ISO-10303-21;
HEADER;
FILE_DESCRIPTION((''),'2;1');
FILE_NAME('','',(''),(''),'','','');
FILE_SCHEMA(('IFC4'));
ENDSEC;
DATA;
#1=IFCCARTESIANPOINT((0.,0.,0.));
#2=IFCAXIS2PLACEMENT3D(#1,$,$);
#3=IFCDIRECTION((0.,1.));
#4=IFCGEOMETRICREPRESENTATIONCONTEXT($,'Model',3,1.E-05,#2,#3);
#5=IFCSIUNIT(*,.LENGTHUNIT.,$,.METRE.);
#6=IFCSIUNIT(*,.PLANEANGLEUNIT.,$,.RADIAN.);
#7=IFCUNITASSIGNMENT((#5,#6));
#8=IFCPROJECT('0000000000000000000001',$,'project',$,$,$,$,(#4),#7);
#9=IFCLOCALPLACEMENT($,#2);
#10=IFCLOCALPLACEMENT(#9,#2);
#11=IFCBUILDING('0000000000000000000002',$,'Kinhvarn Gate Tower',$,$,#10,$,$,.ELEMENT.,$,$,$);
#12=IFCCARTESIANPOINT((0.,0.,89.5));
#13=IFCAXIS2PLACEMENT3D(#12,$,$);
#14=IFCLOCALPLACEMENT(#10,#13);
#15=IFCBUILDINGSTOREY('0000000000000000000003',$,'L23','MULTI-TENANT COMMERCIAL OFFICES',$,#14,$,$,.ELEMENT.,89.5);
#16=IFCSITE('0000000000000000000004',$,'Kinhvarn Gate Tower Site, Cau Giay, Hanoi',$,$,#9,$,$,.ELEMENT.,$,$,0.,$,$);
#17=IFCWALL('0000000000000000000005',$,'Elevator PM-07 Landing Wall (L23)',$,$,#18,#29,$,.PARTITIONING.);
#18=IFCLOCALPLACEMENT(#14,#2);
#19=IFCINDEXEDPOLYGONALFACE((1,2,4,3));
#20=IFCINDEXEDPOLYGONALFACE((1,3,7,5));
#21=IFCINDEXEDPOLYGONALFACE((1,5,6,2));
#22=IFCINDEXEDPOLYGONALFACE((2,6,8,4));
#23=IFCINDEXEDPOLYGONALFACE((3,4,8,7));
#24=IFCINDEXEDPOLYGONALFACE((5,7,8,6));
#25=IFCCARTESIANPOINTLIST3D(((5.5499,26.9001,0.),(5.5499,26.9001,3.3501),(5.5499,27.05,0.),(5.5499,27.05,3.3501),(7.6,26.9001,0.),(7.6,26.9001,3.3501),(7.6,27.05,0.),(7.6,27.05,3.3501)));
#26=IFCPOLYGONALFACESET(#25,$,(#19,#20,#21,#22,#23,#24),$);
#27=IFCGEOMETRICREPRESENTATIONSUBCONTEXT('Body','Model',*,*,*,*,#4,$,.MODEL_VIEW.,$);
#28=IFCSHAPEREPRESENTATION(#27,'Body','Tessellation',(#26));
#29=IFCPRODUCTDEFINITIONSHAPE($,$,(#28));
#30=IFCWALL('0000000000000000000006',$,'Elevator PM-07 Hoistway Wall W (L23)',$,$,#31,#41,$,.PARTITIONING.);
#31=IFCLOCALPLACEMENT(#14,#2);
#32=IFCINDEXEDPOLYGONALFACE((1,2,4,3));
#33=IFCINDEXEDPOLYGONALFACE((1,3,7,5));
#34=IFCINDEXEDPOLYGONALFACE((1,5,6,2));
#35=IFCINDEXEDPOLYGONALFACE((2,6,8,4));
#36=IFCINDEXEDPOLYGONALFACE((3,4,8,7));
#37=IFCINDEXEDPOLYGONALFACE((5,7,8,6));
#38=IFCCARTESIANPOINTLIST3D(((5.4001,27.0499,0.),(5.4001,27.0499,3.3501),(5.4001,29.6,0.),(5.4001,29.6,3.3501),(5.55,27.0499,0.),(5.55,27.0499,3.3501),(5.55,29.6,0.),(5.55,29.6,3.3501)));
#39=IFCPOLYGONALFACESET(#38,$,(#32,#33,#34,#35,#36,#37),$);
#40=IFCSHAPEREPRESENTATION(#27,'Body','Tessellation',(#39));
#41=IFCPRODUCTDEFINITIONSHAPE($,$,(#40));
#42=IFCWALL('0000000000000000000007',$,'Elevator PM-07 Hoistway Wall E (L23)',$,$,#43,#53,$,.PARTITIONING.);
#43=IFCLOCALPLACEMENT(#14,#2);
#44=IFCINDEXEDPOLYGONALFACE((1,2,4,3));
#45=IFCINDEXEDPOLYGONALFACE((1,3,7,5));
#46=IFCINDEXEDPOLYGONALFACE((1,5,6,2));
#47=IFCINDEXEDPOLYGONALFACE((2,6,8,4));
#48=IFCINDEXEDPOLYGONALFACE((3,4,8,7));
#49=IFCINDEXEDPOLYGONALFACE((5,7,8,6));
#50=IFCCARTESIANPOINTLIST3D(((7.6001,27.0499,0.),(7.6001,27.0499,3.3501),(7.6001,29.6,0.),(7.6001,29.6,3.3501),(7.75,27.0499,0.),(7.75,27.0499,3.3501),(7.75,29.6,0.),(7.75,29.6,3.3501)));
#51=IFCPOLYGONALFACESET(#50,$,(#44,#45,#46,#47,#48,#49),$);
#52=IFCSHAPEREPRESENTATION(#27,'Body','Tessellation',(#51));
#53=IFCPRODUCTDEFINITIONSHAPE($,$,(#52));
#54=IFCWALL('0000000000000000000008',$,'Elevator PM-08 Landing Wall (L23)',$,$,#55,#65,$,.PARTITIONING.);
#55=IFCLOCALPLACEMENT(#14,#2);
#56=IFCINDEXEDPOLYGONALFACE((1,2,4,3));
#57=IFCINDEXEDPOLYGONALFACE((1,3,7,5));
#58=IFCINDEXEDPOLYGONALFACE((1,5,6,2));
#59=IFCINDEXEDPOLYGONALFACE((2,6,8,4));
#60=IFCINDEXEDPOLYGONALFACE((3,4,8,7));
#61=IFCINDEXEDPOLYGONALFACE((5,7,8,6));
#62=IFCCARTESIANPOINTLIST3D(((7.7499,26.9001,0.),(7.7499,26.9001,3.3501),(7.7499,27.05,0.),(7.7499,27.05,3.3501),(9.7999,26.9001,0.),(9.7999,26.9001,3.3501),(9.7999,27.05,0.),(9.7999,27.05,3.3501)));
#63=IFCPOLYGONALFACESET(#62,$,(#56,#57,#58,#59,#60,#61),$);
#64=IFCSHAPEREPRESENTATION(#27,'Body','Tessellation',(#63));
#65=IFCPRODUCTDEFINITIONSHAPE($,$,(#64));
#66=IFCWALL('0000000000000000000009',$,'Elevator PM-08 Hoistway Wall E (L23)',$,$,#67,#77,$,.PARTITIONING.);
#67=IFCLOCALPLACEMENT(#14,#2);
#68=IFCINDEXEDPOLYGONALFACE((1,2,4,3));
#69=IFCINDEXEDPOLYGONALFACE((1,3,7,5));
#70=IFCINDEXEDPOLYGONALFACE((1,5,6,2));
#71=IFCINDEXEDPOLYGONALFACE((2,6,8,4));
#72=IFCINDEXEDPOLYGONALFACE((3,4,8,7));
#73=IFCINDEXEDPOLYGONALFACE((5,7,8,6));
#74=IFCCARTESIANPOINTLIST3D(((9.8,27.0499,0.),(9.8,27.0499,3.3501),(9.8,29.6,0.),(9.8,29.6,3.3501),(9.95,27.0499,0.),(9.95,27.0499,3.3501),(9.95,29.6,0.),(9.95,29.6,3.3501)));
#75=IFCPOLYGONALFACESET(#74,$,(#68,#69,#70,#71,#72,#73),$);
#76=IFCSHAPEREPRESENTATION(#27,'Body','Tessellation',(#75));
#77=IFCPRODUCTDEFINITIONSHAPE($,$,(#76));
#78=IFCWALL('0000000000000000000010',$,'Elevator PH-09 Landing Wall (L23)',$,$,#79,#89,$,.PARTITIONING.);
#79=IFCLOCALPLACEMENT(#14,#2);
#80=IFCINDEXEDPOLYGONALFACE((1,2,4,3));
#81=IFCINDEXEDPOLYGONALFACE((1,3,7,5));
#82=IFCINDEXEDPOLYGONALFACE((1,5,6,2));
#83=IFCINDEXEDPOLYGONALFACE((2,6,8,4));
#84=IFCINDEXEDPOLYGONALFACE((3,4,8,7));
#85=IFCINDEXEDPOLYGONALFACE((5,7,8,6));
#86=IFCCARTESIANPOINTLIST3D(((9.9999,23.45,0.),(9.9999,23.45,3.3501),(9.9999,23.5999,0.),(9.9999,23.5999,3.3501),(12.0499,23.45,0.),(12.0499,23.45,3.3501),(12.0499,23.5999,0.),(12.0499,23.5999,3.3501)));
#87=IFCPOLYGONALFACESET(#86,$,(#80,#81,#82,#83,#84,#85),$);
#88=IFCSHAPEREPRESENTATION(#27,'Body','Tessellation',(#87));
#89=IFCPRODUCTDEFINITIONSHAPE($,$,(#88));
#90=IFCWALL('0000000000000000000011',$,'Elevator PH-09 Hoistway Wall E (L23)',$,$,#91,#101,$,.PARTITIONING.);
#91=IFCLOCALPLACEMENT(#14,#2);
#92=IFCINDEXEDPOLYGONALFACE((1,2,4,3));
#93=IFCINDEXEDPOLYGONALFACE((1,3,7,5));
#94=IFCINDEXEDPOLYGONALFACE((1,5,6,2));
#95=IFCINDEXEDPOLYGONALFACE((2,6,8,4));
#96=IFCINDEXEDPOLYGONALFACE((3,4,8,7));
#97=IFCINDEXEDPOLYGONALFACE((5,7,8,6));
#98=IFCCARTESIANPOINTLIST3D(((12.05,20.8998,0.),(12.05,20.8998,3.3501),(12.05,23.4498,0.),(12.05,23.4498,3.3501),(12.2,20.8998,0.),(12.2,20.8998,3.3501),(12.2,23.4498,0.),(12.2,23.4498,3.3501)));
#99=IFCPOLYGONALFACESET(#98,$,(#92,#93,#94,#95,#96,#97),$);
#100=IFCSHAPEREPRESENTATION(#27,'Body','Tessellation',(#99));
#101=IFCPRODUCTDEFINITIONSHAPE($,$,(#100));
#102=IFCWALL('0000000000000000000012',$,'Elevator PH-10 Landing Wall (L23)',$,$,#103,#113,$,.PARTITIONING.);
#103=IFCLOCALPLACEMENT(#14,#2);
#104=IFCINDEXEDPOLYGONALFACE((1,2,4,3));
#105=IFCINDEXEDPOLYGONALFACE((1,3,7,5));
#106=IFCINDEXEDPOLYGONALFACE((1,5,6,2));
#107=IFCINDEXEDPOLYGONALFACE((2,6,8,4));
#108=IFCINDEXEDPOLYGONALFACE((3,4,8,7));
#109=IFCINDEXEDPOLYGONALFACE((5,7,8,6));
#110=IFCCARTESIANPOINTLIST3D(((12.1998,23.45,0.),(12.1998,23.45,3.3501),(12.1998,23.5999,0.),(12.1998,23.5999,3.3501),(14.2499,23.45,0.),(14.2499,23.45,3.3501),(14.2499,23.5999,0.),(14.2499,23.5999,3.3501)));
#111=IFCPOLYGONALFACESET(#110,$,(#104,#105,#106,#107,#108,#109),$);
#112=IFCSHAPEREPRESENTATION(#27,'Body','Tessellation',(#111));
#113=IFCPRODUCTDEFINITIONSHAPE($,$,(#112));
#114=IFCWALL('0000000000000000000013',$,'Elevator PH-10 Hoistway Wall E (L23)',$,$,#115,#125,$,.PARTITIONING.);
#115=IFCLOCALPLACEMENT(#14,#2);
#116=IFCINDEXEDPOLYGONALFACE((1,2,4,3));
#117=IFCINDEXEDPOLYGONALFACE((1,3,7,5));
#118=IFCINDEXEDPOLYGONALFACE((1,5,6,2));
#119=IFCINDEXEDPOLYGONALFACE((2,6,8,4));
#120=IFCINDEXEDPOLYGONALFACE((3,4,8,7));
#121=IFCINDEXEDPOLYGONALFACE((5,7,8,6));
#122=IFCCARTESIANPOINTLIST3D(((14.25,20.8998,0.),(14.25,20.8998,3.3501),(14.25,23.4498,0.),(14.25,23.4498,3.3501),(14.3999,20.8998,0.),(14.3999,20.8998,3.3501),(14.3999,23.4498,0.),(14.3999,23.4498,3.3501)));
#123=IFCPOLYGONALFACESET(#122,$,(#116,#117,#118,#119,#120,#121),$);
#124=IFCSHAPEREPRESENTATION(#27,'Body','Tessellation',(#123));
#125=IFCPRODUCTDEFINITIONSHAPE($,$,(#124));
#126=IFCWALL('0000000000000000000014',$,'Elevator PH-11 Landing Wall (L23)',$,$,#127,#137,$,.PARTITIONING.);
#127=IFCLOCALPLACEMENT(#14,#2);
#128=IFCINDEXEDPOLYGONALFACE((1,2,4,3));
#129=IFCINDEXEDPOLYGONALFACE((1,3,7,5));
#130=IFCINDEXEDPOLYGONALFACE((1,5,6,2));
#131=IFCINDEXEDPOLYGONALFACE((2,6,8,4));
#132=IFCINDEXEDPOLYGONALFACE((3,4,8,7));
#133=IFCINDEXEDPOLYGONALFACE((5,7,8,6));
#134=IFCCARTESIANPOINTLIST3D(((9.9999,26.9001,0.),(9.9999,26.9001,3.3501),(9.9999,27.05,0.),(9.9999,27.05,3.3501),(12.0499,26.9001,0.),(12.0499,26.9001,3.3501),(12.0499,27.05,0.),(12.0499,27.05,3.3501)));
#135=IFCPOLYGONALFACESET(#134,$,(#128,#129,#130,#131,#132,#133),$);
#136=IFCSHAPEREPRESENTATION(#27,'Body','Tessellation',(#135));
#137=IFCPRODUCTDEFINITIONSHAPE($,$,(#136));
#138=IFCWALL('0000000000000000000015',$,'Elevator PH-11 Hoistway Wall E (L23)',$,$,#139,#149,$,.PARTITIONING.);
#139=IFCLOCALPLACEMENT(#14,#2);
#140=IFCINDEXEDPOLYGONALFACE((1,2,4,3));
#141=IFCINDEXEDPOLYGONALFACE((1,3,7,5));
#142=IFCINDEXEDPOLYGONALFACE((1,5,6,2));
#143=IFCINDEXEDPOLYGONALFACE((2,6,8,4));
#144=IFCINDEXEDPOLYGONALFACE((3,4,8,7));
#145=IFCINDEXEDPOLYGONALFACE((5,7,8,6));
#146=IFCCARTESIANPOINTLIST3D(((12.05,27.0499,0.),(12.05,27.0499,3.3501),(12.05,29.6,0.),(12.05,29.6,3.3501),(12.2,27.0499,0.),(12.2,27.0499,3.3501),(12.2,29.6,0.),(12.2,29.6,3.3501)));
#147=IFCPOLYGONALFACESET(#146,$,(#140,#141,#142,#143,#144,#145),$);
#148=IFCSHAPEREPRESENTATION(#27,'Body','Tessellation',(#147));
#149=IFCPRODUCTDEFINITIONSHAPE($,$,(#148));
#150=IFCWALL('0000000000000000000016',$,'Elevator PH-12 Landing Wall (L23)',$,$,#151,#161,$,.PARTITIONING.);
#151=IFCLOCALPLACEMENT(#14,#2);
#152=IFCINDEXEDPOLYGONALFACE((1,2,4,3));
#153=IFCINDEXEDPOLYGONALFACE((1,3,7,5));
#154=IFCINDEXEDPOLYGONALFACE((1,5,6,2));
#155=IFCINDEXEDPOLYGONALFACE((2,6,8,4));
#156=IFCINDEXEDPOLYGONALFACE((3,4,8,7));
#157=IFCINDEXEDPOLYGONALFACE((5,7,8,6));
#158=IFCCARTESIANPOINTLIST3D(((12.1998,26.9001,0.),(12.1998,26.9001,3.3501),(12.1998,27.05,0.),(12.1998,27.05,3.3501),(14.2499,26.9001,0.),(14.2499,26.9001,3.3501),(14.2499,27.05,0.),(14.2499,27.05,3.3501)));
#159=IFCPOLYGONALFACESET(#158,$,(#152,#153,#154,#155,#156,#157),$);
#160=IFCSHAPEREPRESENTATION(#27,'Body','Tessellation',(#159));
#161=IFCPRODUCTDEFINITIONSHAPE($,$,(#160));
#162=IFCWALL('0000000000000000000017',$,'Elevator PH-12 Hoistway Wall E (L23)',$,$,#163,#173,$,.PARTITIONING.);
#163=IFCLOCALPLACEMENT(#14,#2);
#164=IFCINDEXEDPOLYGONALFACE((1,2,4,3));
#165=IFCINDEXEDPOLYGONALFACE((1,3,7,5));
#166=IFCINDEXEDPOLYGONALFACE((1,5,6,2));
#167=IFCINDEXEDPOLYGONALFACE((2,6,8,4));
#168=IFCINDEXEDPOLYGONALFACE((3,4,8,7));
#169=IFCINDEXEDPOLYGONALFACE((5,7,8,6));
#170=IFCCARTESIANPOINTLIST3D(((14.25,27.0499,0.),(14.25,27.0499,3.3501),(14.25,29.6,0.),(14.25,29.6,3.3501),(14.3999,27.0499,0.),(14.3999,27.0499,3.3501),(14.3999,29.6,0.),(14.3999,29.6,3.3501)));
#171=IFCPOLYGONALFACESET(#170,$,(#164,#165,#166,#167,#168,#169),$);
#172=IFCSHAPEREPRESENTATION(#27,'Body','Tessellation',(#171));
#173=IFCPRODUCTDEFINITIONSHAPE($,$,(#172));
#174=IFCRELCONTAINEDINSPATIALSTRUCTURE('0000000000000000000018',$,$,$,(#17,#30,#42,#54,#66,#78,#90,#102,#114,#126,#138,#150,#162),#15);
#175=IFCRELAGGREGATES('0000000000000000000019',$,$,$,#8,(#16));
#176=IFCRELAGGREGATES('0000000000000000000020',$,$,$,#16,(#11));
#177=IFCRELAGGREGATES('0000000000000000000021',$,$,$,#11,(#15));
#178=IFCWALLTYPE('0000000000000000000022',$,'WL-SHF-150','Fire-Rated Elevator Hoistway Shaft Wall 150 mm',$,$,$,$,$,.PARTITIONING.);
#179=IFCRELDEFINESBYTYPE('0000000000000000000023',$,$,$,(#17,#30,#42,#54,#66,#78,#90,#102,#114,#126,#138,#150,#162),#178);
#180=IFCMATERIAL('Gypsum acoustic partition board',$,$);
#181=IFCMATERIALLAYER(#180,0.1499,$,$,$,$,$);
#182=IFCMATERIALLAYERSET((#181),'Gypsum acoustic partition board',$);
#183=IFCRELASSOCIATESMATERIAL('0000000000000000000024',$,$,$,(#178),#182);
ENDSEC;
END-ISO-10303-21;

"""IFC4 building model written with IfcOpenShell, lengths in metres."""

from ifc_helpers import new_model, si_unit, direction, frame, frame_2d, origin, place, context, subcontext, project, spatial, rectangle, extrude, material, layer, layer_set, type_object, element, save


model = new_model("IFC4")

# Units and contexts
model_context = context("Model", 3, precision=1e-05, world=origin(), true_north=direction((0.0, 1.0)))
body_context = subcontext(model_context, "Body", "Model", "MODEL_VIEW")
ifc_project = project(units=[si_unit("LENGTHUNIT", "METRE"), si_unit("PLANEANGLEUNIT", "RADIAN")], contexts=[model_context])

# Site, building, storey
site_placement = place(None, origin())
site = spatial("IfcSite", under=ifc_project, at=site_placement, Name="Kinhvarn Gate Tower Site, Cau Giay, Hanoi", CompositionType="ELEMENT", RefElevation=0.0)
building_placement = place(site_placement, origin())
building = spatial("IfcBuilding", under=site, at=building_placement, Name="Kinhvarn Gate Tower", CompositionType="ELEMENT")
storey_placement = place(building_placement, frame((0.0, 0.0, 89.5)))
storey = spatial("IfcBuildingStorey", under=building, at=storey_placement, Name="L23", Description="MULTI-TENANT COMMERCIAL OFFICES", CompositionType="ELEMENT", Elevation=89.5)

# Shared definitions
ifc_material_1 = material(Name="Gypsum acoustic partition board")

# Walls
ifc_layer_1 = layer(ifc_material_1, 0.1499)
ifc_layer_set_1 = layer_set([ifc_layer_1], Name="Gypsum acoustic partition board")
wall_type_1 = type_object("IfcWallType", Name="WL-SHF-150", Description="Fire-Rated Elevator Hoistway Shaft Wall 150 mm", PredefinedType="PARTITIONING", material=ifc_layer_set_1)
wall_1_placement = place(storey_placement, frame((5.55, 26.9751, 0.0), z_axis=(0.0, 0.0, 1.0), x_axis=(1.0, 0.0, 0.0)))
element("IfcWall", 1, at=wall_1_placement, inside=storey, type_object=wall_type_1, Name="Elevator PM-07 Landing Wall (L23)", PredefinedType="PARTITIONING", context=body_context, shape_type="SweptSolid", body=[
    extrude(rectangle(XDim=2.05, YDim=0.1499, at=frame_2d((1.0249, 0.0))), origin(), (0.0, 0.0, 1.0), 3.3501),
])
for number, where, z_axis, x_axis, name in (
    (2, (5.4751, 27.05, 0.0), (0.0, 0.0, 1.0), (0.0, 1.0, 0.0), "Elevator PM-07 Hoistway Wall W (L23)"),
    (3, (7.675, 27.05, 0.0), (0.0, 0.0, 1.0), (0.0, 1.0, 0.0), "Elevator PM-07 Hoistway Wall E (L23)"),
):
    element("IfcWall", number, at=place(storey_placement, frame(where, z_axis=z_axis, x_axis=x_axis)), inside=storey, type_object=wall_type_1, Name=name, PredefinedType="PARTITIONING", context=body_context, shape_type="SweptSolid", body=[
        extrude(rectangle(XDim=2.55, YDim=0.1499, at=frame_2d((1.2749, 0.0))), origin(), (0.0, 0.0, 1.0), 3.3501),
    ])
wall_2_placement = place(storey_placement, frame((7.75, 26.9751, 0.0), z_axis=(0.0, 0.0, 1.0), x_axis=(1.0, 0.0, 0.0)))
element("IfcWall", 4, at=wall_2_placement, inside=storey, type_object=wall_type_1, Name="Elevator PM-08 Landing Wall (L23)", PredefinedType="PARTITIONING", context=body_context, shape_type="SweptSolid", body=[
    extrude(rectangle(XDim=2.05, YDim=0.1499, at=frame_2d((1.0249, 0.0))), origin(), (0.0, 0.0, 1.0), 3.3501),
])
wall_3_placement = place(storey_placement, frame((9.875, 27.05, 0.0), z_axis=(0.0, 0.0, 1.0), x_axis=(0.0, 1.0, 0.0)))
element("IfcWall", 5, at=wall_3_placement, inside=storey, type_object=wall_type_1, Name="Elevator PM-08 Hoistway Wall E (L23)", PredefinedType="PARTITIONING", context=body_context, shape_type="SweptSolid", body=[
    extrude(rectangle(XDim=2.55, YDim=0.1499, at=frame_2d((1.2749, 0.0))), origin(), (0.0, 0.0, 1.0), 3.3501),
])
wall_4_placement = place(storey_placement, frame((10.0, 23.5249, 0.0), z_axis=(0.0, 0.0, 1.0), x_axis=(1.0, 0.0, 0.0)))
element("IfcWall", 6, at=wall_4_placement, inside=storey, type_object=wall_type_1, Name="Elevator PH-09 Landing Wall (L23)", PredefinedType="PARTITIONING", context=body_context, shape_type="SweptSolid", body=[
    extrude(rectangle(XDim=2.05, YDim=0.1499, at=frame_2d((1.0249, 0.0))), origin(), (0.0, 0.0, 1.0), 3.3501),
])
wall_5_placement = place(storey_placement, frame((12.125, 20.8999, 0.0), z_axis=(0.0, 0.0, 1.0), x_axis=(0.0, 1.0, 0.0)))
element("IfcWall", 7, at=wall_5_placement, inside=storey, type_object=wall_type_1, Name="Elevator PH-09 Hoistway Wall E (L23)", PredefinedType="PARTITIONING", context=body_context, shape_type="SweptSolid", body=[
    extrude(rectangle(XDim=2.55, YDim=0.1499, at=frame_2d((1.2749, 0.0))), origin(), (0.0, 0.0, 1.0), 3.3501),
])
wall_6_placement = place(storey_placement, frame((12.2, 23.5249, 0.0), z_axis=(0.0, 0.0, 1.0), x_axis=(1.0, 0.0, 0.0)))
element("IfcWall", 8, at=wall_6_placement, inside=storey, type_object=wall_type_1, Name="Elevator PH-10 Landing Wall (L23)", PredefinedType="PARTITIONING", context=body_context, shape_type="SweptSolid", body=[
    extrude(rectangle(XDim=2.05, YDim=0.1499, at=frame_2d((1.0249, 0.0))), origin(), (0.0, 0.0, 1.0), 3.3501),
])
wall_7_placement = place(storey_placement, frame((14.325, 20.8999, 0.0), z_axis=(0.0, 0.0, 1.0), x_axis=(0.0, 1.0, 0.0)))
element("IfcWall", 9, at=wall_7_placement, inside=storey, type_object=wall_type_1, Name="Elevator PH-10 Hoistway Wall E (L23)", PredefinedType="PARTITIONING", context=body_context, shape_type="SweptSolid", body=[
    extrude(rectangle(XDim=2.55, YDim=0.1499, at=frame_2d((1.2749, 0.0))), origin(), (0.0, 0.0, 1.0), 3.3501),
])
wall_8_placement = place(storey_placement, frame((10.0, 26.9751, 0.0), z_axis=(0.0, 0.0, 1.0), x_axis=(1.0, 0.0, 0.0)))
element("IfcWall", 10, at=wall_8_placement, inside=storey, type_object=wall_type_1, Name="Elevator PH-11 Landing Wall (L23)", PredefinedType="PARTITIONING", context=body_context, shape_type="SweptSolid", body=[
    extrude(rectangle(XDim=2.05, YDim=0.1499, at=frame_2d((1.0249, 0.0))), origin(), (0.0, 0.0, 1.0), 3.3501),
])
wall_9_placement = place(storey_placement, frame((12.125, 27.05, 0.0), z_axis=(0.0, 0.0, 1.0), x_axis=(0.0, 1.0, 0.0)))
element("IfcWall", 11, at=wall_9_placement, inside=storey, type_object=wall_type_1, Name="Elevator PH-11 Hoistway Wall E (L23)", PredefinedType="PARTITIONING", context=body_context, shape_type="SweptSolid", body=[
    extrude(rectangle(XDim=2.55, YDim=0.1499, at=frame_2d((1.2749, 0.0))), origin(), (0.0, 0.0, 1.0), 3.3501),
])
wall_10_placement = place(storey_placement, frame((12.2, 26.9751, 0.0), z_axis=(0.0, 0.0, 1.0), x_axis=(1.0, 0.0, 0.0)))
element("IfcWall", 12, at=wall_10_placement, inside=storey, type_object=wall_type_1, Name="Elevator PH-12 Landing Wall (L23)", PredefinedType="PARTITIONING", context=body_context, shape_type="SweptSolid", body=[
    extrude(rectangle(XDim=2.05, YDim=0.1499, at=frame_2d((1.0249, 0.0))), origin(), (0.0, 0.0, 1.0), 3.3501),
])
wall_11_placement = place(storey_placement, frame((14.325, 27.05, 0.0), z_axis=(0.0, 0.0, 1.0), x_axis=(0.0, 1.0, 0.0)))
element("IfcWall", 13, at=wall_11_placement, inside=storey, type_object=wall_type_1, Name="Elevator PH-12 Hoistway Wall E (L23)", PredefinedType="PARTITIONING", context=body_context, shape_type="SweptSolid", body=[
    extrude(rectangle(XDim=2.55, YDim=0.1499, at=frame_2d((1.2749, 0.0))), origin(), (0.0, 0.0, 1.0), 3.3501),
])

save(model, "model.ifc")
